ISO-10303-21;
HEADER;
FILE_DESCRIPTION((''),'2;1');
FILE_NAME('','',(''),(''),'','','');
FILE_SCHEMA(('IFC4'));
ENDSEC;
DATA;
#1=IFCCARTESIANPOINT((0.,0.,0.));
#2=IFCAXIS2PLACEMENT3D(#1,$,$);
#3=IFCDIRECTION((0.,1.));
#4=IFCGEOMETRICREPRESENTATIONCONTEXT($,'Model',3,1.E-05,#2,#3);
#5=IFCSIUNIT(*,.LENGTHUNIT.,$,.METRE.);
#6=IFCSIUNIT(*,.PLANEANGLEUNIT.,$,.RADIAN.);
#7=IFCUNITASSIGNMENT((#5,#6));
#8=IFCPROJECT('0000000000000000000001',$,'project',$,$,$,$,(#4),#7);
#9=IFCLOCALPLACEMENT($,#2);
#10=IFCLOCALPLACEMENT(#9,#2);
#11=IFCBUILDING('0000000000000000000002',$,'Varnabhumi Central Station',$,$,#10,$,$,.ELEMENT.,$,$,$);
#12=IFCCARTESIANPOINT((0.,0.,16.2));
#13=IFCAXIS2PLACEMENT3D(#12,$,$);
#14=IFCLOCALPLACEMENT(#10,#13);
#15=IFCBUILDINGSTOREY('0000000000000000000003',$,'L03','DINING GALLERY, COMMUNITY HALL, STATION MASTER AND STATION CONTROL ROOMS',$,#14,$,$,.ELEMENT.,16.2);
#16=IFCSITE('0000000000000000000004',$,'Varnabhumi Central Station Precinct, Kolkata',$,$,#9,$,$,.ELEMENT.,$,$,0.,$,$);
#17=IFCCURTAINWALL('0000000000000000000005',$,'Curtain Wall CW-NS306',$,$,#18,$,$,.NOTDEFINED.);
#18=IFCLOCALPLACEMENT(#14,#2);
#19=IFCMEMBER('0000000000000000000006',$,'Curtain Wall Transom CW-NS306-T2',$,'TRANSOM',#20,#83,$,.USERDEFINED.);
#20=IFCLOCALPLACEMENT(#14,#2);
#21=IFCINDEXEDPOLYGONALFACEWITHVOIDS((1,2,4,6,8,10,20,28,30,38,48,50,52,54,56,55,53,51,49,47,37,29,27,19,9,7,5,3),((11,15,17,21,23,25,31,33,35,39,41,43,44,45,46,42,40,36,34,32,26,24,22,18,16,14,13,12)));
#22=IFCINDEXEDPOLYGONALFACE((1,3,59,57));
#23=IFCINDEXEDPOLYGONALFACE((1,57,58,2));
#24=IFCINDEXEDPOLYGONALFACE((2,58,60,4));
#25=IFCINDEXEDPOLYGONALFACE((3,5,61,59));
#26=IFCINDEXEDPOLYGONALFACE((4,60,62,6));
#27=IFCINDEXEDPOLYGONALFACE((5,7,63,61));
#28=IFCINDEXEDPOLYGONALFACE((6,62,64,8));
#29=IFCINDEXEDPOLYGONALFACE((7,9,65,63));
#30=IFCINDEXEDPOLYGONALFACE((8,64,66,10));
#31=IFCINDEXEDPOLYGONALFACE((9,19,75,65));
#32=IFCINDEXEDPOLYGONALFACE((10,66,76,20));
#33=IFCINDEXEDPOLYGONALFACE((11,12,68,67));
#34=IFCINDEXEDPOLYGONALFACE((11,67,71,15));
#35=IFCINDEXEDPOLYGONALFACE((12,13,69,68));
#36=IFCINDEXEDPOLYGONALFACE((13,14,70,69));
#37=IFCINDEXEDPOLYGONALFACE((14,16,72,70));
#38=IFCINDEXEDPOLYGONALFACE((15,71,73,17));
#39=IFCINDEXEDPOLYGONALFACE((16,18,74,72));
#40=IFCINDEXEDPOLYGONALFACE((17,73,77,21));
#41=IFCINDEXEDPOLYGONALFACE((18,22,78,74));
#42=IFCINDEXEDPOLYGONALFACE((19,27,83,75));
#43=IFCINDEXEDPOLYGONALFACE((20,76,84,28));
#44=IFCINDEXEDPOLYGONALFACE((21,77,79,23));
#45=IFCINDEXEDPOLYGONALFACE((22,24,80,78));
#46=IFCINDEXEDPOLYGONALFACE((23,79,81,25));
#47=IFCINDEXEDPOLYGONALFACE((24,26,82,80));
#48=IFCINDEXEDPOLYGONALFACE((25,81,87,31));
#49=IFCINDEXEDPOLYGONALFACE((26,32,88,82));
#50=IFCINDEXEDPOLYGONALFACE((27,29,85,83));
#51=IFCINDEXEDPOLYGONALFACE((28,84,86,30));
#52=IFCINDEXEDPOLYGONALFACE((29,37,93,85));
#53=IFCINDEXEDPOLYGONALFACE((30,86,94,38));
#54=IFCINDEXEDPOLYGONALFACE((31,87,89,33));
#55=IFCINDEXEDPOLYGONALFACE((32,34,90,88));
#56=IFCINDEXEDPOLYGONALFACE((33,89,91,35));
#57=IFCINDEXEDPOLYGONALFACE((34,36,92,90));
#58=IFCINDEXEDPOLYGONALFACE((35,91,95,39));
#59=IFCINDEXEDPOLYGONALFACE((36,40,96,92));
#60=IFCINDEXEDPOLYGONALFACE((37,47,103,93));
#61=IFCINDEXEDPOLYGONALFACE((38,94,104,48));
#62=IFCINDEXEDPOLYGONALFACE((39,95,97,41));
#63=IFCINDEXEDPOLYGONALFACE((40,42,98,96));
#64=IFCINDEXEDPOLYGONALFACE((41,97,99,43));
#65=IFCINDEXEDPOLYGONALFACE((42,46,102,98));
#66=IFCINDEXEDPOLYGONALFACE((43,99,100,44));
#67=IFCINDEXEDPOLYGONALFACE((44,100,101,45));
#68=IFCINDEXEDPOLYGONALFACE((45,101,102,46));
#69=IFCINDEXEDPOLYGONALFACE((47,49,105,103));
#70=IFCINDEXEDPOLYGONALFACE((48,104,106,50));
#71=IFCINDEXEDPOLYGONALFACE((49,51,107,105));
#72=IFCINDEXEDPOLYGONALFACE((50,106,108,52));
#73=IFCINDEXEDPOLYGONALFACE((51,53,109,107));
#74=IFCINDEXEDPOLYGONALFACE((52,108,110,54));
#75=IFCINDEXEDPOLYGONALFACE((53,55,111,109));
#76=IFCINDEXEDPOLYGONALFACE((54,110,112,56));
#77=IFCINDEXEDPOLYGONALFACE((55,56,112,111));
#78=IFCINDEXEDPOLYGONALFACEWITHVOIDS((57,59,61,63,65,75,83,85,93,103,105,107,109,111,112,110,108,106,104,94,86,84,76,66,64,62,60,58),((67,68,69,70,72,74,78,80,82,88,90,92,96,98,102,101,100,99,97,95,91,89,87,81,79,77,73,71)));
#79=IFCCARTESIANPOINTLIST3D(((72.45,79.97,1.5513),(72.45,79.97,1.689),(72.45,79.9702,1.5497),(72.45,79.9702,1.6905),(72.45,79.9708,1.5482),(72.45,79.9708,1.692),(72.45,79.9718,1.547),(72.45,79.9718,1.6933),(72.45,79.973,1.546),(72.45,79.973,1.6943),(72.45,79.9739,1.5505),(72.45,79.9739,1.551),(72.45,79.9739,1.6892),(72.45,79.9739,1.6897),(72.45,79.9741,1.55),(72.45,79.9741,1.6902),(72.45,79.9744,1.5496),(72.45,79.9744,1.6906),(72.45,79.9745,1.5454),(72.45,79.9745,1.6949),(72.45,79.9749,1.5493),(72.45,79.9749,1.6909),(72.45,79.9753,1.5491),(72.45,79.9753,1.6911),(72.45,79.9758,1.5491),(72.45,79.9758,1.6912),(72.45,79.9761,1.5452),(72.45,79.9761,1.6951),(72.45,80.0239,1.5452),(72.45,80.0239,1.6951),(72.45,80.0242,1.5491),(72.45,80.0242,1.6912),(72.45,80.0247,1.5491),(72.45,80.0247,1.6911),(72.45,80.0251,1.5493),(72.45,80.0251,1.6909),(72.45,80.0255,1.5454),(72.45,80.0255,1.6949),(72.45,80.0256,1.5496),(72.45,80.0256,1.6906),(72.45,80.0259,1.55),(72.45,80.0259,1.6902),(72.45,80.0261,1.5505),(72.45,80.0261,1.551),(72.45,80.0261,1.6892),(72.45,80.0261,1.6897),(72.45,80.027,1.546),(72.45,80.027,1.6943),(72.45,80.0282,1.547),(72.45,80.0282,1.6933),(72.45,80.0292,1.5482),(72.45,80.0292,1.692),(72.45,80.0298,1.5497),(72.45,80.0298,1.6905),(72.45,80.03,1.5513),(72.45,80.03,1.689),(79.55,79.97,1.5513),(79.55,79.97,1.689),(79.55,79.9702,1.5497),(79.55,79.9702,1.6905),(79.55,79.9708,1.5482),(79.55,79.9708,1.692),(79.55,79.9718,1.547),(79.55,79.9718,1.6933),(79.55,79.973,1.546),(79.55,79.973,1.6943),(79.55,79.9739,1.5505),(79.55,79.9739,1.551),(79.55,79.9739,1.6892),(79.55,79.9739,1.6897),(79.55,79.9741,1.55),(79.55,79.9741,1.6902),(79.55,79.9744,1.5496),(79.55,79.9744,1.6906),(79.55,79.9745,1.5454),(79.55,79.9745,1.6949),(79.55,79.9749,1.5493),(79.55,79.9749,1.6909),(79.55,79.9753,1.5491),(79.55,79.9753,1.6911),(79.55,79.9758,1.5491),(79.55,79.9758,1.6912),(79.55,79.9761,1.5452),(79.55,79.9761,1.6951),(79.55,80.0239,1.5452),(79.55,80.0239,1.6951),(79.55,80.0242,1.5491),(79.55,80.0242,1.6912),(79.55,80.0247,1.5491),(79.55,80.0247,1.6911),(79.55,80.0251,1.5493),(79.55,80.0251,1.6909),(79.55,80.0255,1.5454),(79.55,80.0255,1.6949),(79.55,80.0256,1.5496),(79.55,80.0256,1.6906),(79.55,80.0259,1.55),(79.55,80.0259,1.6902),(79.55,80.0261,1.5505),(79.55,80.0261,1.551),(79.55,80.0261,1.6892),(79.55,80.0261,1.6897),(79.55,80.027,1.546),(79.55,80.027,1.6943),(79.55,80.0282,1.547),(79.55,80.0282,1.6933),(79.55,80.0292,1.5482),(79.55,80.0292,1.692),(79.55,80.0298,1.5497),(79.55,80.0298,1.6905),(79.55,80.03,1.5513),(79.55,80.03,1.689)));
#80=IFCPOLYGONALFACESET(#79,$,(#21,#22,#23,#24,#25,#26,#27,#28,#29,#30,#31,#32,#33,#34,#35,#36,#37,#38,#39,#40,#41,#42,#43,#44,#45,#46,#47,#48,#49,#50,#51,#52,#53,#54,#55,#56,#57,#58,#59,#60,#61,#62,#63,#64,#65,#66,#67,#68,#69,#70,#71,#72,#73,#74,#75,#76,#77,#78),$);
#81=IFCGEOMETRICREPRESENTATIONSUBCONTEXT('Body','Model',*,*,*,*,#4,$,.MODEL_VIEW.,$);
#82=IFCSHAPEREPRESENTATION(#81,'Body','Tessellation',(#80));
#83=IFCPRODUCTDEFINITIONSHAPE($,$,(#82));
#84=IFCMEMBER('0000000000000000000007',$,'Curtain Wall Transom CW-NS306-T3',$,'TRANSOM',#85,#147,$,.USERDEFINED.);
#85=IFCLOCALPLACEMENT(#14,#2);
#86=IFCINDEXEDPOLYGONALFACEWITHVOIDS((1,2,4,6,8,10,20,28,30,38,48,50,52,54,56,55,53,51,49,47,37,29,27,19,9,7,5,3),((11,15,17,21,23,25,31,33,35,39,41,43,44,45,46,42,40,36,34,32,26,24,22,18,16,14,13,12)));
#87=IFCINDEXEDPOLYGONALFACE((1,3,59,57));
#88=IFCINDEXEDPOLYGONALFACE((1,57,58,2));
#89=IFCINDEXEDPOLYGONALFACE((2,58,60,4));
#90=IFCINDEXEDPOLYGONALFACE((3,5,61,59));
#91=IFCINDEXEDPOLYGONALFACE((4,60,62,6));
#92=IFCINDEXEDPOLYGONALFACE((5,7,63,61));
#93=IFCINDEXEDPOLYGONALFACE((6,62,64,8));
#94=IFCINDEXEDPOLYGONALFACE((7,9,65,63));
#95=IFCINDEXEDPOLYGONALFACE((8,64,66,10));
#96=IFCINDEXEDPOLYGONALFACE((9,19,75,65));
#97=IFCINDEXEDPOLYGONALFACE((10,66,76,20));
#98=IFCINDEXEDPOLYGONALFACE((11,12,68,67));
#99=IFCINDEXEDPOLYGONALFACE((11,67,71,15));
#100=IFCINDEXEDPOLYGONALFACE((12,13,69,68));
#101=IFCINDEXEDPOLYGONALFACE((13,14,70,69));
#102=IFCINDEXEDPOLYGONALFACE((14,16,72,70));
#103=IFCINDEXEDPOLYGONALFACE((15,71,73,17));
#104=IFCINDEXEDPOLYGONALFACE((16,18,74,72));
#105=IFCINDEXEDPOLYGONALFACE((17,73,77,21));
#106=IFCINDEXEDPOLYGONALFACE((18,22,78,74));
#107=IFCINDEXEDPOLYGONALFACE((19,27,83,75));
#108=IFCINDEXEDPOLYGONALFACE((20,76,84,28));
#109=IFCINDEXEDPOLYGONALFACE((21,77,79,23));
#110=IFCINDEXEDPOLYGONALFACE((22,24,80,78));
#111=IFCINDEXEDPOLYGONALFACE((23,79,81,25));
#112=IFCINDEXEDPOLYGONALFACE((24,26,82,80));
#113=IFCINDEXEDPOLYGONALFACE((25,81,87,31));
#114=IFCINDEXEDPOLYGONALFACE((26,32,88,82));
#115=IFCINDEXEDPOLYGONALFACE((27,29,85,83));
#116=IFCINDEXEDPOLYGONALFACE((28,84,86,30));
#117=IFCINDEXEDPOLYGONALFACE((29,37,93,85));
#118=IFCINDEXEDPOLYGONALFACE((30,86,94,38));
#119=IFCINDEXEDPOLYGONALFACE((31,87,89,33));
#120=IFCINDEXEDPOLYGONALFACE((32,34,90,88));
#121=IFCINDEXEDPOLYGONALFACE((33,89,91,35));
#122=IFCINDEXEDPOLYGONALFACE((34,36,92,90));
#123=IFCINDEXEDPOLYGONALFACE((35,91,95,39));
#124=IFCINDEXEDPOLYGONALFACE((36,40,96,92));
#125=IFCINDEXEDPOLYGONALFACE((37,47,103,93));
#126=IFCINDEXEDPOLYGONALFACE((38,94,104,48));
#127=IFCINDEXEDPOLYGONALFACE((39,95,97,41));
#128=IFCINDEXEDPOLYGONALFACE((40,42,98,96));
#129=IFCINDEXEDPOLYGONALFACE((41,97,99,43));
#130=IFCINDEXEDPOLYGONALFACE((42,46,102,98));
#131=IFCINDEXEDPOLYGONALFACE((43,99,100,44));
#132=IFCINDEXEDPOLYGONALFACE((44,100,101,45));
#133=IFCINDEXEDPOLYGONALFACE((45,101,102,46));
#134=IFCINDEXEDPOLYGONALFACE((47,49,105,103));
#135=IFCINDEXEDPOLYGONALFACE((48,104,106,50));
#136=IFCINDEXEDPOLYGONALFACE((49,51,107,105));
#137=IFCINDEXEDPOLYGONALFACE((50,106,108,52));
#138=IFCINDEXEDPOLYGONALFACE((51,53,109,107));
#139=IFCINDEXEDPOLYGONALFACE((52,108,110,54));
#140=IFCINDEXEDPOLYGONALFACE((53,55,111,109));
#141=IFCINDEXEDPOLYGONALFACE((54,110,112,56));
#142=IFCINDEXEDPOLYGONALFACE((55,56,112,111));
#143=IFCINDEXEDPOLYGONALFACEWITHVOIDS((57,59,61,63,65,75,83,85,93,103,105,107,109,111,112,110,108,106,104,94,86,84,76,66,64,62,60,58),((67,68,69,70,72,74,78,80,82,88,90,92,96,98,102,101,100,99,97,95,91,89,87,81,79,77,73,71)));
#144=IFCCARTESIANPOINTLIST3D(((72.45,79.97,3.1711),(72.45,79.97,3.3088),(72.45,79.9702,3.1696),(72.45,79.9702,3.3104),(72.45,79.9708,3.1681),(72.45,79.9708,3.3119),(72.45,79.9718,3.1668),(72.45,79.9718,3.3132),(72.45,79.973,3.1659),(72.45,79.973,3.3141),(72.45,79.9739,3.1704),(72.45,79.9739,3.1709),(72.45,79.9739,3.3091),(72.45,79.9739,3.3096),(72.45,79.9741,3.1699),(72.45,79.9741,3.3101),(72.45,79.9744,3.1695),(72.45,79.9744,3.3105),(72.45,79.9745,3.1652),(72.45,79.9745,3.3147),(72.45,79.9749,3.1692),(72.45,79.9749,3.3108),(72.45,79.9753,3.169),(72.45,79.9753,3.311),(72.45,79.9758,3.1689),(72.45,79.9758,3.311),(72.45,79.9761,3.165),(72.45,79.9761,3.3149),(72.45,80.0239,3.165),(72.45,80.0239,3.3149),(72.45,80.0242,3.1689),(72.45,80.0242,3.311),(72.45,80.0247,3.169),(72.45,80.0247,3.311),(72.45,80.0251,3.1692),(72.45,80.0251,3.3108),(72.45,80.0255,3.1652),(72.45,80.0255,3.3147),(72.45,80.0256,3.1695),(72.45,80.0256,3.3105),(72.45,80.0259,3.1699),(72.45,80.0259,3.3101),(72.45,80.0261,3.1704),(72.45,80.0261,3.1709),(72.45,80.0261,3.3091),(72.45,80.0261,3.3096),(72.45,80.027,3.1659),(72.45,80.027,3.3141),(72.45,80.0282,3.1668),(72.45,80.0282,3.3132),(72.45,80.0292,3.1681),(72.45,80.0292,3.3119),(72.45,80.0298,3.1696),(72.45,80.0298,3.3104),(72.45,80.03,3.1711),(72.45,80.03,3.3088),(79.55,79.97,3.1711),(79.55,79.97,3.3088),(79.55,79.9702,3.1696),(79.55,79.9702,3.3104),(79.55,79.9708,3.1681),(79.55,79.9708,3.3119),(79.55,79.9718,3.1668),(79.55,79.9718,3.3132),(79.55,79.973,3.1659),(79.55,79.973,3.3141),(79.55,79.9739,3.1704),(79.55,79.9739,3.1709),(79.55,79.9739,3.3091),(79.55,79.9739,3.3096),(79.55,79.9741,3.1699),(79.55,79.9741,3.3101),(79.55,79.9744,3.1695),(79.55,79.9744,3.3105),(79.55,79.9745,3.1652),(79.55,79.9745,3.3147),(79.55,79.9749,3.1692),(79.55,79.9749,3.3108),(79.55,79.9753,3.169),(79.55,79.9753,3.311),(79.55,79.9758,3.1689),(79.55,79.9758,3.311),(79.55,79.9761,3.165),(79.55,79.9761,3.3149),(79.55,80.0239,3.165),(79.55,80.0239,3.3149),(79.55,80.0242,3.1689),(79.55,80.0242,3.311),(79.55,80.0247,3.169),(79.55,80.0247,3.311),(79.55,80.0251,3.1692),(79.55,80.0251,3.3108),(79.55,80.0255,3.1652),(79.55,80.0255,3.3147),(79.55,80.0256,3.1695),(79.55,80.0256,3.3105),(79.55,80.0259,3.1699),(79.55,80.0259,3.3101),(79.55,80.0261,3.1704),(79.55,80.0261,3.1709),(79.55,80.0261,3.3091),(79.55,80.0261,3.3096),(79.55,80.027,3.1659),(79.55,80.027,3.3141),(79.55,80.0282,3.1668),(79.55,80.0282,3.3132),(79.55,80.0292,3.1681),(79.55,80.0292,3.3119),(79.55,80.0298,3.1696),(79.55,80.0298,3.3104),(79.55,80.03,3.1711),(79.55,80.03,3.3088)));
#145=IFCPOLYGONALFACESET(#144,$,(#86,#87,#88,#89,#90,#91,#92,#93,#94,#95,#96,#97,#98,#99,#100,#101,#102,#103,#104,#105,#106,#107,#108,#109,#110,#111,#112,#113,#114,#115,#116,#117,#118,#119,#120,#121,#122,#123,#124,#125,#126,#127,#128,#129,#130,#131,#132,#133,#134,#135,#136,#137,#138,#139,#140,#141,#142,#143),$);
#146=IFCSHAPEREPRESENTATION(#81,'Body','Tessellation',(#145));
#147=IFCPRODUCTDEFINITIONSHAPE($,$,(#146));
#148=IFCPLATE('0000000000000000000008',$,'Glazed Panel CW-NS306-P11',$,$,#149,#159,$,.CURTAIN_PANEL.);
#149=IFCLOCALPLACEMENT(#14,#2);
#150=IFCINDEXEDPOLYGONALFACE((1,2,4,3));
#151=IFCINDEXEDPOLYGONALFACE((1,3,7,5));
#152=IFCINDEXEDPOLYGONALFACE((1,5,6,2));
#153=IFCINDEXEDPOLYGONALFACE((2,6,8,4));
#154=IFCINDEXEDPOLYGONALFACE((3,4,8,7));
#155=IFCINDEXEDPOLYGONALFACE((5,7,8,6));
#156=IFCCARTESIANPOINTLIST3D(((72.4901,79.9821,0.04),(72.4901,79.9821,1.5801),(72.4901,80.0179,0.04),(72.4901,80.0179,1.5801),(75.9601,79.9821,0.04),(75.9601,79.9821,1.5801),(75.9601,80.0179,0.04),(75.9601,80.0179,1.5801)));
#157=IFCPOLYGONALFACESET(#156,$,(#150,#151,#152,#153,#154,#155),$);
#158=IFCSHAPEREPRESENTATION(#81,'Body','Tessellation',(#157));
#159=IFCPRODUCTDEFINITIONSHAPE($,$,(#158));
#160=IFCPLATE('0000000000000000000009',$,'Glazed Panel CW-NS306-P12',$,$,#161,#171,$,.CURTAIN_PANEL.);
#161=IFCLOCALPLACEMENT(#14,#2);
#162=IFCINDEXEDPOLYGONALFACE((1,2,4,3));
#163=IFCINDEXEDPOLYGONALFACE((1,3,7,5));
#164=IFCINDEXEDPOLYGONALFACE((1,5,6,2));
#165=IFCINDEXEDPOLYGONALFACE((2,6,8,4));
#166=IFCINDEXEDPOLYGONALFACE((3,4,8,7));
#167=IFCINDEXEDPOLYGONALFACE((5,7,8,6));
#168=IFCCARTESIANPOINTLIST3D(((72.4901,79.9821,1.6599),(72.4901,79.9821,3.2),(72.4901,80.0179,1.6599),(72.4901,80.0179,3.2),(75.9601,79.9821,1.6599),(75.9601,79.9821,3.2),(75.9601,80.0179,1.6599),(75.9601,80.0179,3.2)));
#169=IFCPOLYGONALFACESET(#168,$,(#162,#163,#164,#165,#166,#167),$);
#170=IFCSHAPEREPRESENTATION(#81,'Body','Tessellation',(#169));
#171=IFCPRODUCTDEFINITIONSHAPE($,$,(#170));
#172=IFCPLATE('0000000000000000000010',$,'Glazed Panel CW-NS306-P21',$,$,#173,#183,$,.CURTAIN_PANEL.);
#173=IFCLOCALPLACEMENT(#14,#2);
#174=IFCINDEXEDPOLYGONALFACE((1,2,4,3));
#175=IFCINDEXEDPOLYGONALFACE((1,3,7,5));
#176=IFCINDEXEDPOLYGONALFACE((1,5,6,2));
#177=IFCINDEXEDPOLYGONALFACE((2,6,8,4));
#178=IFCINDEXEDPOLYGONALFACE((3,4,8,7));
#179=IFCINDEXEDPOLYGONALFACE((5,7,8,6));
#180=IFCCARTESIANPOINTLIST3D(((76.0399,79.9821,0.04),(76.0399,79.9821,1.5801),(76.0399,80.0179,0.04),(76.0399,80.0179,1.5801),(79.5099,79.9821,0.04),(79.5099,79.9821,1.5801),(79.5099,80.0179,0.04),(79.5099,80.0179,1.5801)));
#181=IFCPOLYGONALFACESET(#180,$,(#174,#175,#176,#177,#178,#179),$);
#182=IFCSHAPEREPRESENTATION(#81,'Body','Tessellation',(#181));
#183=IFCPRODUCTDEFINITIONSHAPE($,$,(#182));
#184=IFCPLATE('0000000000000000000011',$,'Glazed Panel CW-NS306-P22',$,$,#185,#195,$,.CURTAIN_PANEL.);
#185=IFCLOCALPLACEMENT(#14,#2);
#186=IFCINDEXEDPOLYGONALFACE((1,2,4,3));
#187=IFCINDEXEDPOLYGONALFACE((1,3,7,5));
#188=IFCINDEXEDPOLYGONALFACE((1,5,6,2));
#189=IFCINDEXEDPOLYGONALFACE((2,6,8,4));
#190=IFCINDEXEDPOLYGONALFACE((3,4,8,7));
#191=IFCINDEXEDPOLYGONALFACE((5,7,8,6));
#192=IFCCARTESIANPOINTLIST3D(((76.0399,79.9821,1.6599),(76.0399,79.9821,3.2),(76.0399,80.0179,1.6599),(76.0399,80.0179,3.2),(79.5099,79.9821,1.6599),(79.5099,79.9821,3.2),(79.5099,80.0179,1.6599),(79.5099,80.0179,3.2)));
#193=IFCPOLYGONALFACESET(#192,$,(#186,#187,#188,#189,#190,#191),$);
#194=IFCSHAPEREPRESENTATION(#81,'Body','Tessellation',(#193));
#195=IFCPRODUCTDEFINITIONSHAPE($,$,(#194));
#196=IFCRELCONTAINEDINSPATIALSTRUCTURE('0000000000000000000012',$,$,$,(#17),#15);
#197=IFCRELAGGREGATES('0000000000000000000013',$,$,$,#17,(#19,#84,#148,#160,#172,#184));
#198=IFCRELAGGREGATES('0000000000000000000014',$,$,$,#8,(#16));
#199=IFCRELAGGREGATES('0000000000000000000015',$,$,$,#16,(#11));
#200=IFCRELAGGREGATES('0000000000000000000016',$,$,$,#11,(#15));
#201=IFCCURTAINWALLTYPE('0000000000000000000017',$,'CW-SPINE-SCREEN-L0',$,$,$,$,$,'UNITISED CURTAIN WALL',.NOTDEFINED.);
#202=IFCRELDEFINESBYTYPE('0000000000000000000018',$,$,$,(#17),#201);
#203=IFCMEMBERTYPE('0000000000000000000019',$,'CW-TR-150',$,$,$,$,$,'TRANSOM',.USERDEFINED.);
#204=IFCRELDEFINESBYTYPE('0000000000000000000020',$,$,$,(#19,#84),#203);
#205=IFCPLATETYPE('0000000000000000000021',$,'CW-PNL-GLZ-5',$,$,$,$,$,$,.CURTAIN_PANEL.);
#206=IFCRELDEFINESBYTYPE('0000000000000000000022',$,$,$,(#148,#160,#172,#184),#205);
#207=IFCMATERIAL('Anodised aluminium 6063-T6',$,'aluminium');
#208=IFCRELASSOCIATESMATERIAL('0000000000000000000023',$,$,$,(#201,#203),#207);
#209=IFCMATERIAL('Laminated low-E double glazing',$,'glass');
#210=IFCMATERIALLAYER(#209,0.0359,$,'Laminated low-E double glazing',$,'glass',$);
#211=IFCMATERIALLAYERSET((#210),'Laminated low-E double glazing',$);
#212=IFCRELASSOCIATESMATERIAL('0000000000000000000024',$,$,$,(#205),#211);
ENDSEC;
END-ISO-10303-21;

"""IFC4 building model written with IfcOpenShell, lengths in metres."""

from ifc_helpers import new_model, si_unit, direction, frame, origin, origin_2d, place, context, subcontext, project, spatial, rectangle, hollow_rectangle, extrude, material, layer, layer_set, material_profile, profile_set, type_object, element, aggregate, save


model = new_model("IFC4")

# Units and contexts
model_context = context("Model", 3, precision=1e-05, world=origin(), true_north=direction((0.0, 1.0)))
body_context = subcontext(model_context, "Body", "Model", "MODEL_VIEW")
ifc_project = project(units=[si_unit("LENGTHUNIT", "METRE"), si_unit("PLANEANGLEUNIT", "RADIAN")], contexts=[model_context])

# Site, building, storey
site_placement = place(None, origin())
site = spatial("IfcSite", under=ifc_project, at=site_placement, Name="Varnabhumi Central Station Precinct, Kolkata", CompositionType="ELEMENT", RefElevation=0.0)
building_placement = place(site_placement, origin())
building = spatial("IfcBuilding", under=site, at=building_placement, Name="Varnabhumi Central Station", CompositionType="ELEMENT")
storey_placement = place(building_placement, frame((0.0, 0.0, 16.2)))
storey = spatial("IfcBuildingStorey", under=building, at=storey_placement, Name="L03", Description="DINING GALLERY, COMMUNITY HALL, STATION MASTER AND STATION CONTROL ROOMS", CompositionType="ELEMENT", Elevation=16.2)

# Curtain wall
ifc_material_1 = material(Name="Anodised aluminium 6063-T6", Category="aluminium")
curtain_wall_type_1 = type_object("IfcCurtainWallType", Name="CW-SPINE-SCREEN-L0", ElementType="UNITISED CURTAIN WALL", PredefinedType="NOTDEFINED", material=ifc_material_1)
curtain_wall_1_placement = place(storey_placement, origin())
curtain_wall_1 = element("IfcCurtainWall", 1, at=curtain_wall_1_placement, inside=storey, type_object=curtain_wall_type_1, Name="Curtain Wall CW-NS306", PredefinedType="NOTDEFINED")

# Members
ifc_material_profile_1 = material_profile(ifc_material_1, hollow_rectangle(XDim=0.0601, YDim=0.1499, WallThickness=0.0039, InnerFilletRadius=0.002, OuterFilletRadius=0.0061, at=origin_2d()), Name="Anodised aluminium 6063-T6", Category="aluminium")
ifc_profile_set_1 = profile_set([ifc_material_profile_1], Name="Anodised aluminium 6063-T6")
member_type_1 = type_object("IfcMemberType", Name="CW-TR-150", ElementType="TRANSOM", PredefinedType="USERDEFINED", material=ifc_profile_set_1)
member_1_placement = place(storey_placement, frame((72.45, 80.0, 1.6201), z_axis=(1.0, 0.0, 0.0), x_axis=(0.0, 1.0, 0.0)))
member_1 = element("IfcMember", 2, at=member_1_placement, type_object=member_type_1, Name="Curtain Wall Transom CW-NS306-T2", ObjectType="TRANSOM", PredefinedType="USERDEFINED", context=body_context, shape_type="SweptSolid", body=[
    extrude(hollow_rectangle(XDim=0.0601, YDim=0.1499, WallThickness=0.0039, InnerFilletRadius=0.002, OuterFilletRadius=0.0061, at=origin_2d()), origin(), (0.0, 0.0, 1.0), 7.1001),
])
member_2_placement = place(storey_placement, frame((72.45, 80.0, 3.24), z_axis=(1.0, 0.0, 0.0), x_axis=(0.0, 1.0, 0.0)))
member_2 = element("IfcMember", 3, at=member_2_placement, type_object=member_type_1, Name="Curtain Wall Transom CW-NS306-T3", ObjectType="TRANSOM", PredefinedType="USERDEFINED", context=body_context, shape_type="SweptSolid", body=[
    extrude(hollow_rectangle(XDim=0.0601, YDim=0.1499, WallThickness=0.0039, InnerFilletRadius=0.002, OuterFilletRadius=0.0061, at=origin_2d()), origin(), (0.0, 0.0, 1.0), 7.1001),
])

# Plates
ifc_material_2 = material(Name="Laminated low-E double glazing", Category="glass")
ifc_layer_1 = layer(ifc_material_2, 0.0359, Name="Laminated low-E double glazing", Category="glass")
ifc_layer_set_1 = layer_set([ifc_layer_1], Name="Laminated low-E double glazing")
plate_type_1 = type_object("IfcPlateType", Name="CW-PNL-GLZ-5", PredefinedType="CURTAIN_PANEL", material=ifc_layer_set_1)
plate_1_placement = place(storey_placement, frame((74.2251, 80.0, 0.04), z_axis=(0.0, 0.0, 1.0), x_axis=(1.0, 0.0, 0.0)))
plate_1 = element("IfcPlate", 4, at=plate_1_placement, type_object=plate_type_1, Name="Glazed Panel CW-NS306-P11", PredefinedType="CURTAIN_PANEL", context=body_context, shape_type="SweptSolid", body=[
    extrude(rectangle(XDim=3.47, YDim=0.0359, at=origin_2d()), origin(), (0.0, 0.0, 1.0), 1.54),
])
plate_2_placement = place(storey_placement, frame((74.2251, 80.0, 1.6599), z_axis=(0.0, 0.0, 1.0), x_axis=(1.0, 0.0, 0.0)))
plate_2 = element("IfcPlate", 5, at=plate_2_placement, type_object=plate_type_1, Name="Glazed Panel CW-NS306-P12", PredefinedType="CURTAIN_PANEL", context=body_context, shape_type="SweptSolid", body=[
    extrude(rectangle(XDim=3.47, YDim=0.0359, at=origin_2d()), origin(), (0.0, 0.0, 1.0), 1.54),
])
plate_3_placement = place(storey_placement, frame((77.7749, 80.0, 0.04), z_axis=(0.0, 0.0, 1.0), x_axis=(1.0, 0.0, 0.0)))
plate_3 = element("IfcPlate", 6, at=plate_3_placement, type_object=plate_type_1, Name="Glazed Panel CW-NS306-P21", PredefinedType="CURTAIN_PANEL", context=body_context, shape_type="SweptSolid", body=[
    extrude(rectangle(XDim=3.47, YDim=0.0359, at=origin_2d()), origin(), (0.0, 0.0, 1.0), 1.54),
])
plate_4_placement = place(storey_placement, frame((77.7749, 80.0, 1.6599), z_axis=(0.0, 0.0, 1.0), x_axis=(1.0, 0.0, 0.0)))
plate_4 = element("IfcPlate", 7, at=plate_4_placement, type_object=plate_type_1, Name="Glazed Panel CW-NS306-P22", PredefinedType="CURTAIN_PANEL", context=body_context, shape_type="SweptSolid", body=[
    extrude(rectangle(XDim=3.47, YDim=0.0359, at=origin_2d()), origin(), (0.0, 0.0, 1.0), 1.54),
])
aggregate(curtain_wall_1, [member_1, member_2, plate_1, plate_2, plate_3, plate_4])

save(model, "model.ifc")
